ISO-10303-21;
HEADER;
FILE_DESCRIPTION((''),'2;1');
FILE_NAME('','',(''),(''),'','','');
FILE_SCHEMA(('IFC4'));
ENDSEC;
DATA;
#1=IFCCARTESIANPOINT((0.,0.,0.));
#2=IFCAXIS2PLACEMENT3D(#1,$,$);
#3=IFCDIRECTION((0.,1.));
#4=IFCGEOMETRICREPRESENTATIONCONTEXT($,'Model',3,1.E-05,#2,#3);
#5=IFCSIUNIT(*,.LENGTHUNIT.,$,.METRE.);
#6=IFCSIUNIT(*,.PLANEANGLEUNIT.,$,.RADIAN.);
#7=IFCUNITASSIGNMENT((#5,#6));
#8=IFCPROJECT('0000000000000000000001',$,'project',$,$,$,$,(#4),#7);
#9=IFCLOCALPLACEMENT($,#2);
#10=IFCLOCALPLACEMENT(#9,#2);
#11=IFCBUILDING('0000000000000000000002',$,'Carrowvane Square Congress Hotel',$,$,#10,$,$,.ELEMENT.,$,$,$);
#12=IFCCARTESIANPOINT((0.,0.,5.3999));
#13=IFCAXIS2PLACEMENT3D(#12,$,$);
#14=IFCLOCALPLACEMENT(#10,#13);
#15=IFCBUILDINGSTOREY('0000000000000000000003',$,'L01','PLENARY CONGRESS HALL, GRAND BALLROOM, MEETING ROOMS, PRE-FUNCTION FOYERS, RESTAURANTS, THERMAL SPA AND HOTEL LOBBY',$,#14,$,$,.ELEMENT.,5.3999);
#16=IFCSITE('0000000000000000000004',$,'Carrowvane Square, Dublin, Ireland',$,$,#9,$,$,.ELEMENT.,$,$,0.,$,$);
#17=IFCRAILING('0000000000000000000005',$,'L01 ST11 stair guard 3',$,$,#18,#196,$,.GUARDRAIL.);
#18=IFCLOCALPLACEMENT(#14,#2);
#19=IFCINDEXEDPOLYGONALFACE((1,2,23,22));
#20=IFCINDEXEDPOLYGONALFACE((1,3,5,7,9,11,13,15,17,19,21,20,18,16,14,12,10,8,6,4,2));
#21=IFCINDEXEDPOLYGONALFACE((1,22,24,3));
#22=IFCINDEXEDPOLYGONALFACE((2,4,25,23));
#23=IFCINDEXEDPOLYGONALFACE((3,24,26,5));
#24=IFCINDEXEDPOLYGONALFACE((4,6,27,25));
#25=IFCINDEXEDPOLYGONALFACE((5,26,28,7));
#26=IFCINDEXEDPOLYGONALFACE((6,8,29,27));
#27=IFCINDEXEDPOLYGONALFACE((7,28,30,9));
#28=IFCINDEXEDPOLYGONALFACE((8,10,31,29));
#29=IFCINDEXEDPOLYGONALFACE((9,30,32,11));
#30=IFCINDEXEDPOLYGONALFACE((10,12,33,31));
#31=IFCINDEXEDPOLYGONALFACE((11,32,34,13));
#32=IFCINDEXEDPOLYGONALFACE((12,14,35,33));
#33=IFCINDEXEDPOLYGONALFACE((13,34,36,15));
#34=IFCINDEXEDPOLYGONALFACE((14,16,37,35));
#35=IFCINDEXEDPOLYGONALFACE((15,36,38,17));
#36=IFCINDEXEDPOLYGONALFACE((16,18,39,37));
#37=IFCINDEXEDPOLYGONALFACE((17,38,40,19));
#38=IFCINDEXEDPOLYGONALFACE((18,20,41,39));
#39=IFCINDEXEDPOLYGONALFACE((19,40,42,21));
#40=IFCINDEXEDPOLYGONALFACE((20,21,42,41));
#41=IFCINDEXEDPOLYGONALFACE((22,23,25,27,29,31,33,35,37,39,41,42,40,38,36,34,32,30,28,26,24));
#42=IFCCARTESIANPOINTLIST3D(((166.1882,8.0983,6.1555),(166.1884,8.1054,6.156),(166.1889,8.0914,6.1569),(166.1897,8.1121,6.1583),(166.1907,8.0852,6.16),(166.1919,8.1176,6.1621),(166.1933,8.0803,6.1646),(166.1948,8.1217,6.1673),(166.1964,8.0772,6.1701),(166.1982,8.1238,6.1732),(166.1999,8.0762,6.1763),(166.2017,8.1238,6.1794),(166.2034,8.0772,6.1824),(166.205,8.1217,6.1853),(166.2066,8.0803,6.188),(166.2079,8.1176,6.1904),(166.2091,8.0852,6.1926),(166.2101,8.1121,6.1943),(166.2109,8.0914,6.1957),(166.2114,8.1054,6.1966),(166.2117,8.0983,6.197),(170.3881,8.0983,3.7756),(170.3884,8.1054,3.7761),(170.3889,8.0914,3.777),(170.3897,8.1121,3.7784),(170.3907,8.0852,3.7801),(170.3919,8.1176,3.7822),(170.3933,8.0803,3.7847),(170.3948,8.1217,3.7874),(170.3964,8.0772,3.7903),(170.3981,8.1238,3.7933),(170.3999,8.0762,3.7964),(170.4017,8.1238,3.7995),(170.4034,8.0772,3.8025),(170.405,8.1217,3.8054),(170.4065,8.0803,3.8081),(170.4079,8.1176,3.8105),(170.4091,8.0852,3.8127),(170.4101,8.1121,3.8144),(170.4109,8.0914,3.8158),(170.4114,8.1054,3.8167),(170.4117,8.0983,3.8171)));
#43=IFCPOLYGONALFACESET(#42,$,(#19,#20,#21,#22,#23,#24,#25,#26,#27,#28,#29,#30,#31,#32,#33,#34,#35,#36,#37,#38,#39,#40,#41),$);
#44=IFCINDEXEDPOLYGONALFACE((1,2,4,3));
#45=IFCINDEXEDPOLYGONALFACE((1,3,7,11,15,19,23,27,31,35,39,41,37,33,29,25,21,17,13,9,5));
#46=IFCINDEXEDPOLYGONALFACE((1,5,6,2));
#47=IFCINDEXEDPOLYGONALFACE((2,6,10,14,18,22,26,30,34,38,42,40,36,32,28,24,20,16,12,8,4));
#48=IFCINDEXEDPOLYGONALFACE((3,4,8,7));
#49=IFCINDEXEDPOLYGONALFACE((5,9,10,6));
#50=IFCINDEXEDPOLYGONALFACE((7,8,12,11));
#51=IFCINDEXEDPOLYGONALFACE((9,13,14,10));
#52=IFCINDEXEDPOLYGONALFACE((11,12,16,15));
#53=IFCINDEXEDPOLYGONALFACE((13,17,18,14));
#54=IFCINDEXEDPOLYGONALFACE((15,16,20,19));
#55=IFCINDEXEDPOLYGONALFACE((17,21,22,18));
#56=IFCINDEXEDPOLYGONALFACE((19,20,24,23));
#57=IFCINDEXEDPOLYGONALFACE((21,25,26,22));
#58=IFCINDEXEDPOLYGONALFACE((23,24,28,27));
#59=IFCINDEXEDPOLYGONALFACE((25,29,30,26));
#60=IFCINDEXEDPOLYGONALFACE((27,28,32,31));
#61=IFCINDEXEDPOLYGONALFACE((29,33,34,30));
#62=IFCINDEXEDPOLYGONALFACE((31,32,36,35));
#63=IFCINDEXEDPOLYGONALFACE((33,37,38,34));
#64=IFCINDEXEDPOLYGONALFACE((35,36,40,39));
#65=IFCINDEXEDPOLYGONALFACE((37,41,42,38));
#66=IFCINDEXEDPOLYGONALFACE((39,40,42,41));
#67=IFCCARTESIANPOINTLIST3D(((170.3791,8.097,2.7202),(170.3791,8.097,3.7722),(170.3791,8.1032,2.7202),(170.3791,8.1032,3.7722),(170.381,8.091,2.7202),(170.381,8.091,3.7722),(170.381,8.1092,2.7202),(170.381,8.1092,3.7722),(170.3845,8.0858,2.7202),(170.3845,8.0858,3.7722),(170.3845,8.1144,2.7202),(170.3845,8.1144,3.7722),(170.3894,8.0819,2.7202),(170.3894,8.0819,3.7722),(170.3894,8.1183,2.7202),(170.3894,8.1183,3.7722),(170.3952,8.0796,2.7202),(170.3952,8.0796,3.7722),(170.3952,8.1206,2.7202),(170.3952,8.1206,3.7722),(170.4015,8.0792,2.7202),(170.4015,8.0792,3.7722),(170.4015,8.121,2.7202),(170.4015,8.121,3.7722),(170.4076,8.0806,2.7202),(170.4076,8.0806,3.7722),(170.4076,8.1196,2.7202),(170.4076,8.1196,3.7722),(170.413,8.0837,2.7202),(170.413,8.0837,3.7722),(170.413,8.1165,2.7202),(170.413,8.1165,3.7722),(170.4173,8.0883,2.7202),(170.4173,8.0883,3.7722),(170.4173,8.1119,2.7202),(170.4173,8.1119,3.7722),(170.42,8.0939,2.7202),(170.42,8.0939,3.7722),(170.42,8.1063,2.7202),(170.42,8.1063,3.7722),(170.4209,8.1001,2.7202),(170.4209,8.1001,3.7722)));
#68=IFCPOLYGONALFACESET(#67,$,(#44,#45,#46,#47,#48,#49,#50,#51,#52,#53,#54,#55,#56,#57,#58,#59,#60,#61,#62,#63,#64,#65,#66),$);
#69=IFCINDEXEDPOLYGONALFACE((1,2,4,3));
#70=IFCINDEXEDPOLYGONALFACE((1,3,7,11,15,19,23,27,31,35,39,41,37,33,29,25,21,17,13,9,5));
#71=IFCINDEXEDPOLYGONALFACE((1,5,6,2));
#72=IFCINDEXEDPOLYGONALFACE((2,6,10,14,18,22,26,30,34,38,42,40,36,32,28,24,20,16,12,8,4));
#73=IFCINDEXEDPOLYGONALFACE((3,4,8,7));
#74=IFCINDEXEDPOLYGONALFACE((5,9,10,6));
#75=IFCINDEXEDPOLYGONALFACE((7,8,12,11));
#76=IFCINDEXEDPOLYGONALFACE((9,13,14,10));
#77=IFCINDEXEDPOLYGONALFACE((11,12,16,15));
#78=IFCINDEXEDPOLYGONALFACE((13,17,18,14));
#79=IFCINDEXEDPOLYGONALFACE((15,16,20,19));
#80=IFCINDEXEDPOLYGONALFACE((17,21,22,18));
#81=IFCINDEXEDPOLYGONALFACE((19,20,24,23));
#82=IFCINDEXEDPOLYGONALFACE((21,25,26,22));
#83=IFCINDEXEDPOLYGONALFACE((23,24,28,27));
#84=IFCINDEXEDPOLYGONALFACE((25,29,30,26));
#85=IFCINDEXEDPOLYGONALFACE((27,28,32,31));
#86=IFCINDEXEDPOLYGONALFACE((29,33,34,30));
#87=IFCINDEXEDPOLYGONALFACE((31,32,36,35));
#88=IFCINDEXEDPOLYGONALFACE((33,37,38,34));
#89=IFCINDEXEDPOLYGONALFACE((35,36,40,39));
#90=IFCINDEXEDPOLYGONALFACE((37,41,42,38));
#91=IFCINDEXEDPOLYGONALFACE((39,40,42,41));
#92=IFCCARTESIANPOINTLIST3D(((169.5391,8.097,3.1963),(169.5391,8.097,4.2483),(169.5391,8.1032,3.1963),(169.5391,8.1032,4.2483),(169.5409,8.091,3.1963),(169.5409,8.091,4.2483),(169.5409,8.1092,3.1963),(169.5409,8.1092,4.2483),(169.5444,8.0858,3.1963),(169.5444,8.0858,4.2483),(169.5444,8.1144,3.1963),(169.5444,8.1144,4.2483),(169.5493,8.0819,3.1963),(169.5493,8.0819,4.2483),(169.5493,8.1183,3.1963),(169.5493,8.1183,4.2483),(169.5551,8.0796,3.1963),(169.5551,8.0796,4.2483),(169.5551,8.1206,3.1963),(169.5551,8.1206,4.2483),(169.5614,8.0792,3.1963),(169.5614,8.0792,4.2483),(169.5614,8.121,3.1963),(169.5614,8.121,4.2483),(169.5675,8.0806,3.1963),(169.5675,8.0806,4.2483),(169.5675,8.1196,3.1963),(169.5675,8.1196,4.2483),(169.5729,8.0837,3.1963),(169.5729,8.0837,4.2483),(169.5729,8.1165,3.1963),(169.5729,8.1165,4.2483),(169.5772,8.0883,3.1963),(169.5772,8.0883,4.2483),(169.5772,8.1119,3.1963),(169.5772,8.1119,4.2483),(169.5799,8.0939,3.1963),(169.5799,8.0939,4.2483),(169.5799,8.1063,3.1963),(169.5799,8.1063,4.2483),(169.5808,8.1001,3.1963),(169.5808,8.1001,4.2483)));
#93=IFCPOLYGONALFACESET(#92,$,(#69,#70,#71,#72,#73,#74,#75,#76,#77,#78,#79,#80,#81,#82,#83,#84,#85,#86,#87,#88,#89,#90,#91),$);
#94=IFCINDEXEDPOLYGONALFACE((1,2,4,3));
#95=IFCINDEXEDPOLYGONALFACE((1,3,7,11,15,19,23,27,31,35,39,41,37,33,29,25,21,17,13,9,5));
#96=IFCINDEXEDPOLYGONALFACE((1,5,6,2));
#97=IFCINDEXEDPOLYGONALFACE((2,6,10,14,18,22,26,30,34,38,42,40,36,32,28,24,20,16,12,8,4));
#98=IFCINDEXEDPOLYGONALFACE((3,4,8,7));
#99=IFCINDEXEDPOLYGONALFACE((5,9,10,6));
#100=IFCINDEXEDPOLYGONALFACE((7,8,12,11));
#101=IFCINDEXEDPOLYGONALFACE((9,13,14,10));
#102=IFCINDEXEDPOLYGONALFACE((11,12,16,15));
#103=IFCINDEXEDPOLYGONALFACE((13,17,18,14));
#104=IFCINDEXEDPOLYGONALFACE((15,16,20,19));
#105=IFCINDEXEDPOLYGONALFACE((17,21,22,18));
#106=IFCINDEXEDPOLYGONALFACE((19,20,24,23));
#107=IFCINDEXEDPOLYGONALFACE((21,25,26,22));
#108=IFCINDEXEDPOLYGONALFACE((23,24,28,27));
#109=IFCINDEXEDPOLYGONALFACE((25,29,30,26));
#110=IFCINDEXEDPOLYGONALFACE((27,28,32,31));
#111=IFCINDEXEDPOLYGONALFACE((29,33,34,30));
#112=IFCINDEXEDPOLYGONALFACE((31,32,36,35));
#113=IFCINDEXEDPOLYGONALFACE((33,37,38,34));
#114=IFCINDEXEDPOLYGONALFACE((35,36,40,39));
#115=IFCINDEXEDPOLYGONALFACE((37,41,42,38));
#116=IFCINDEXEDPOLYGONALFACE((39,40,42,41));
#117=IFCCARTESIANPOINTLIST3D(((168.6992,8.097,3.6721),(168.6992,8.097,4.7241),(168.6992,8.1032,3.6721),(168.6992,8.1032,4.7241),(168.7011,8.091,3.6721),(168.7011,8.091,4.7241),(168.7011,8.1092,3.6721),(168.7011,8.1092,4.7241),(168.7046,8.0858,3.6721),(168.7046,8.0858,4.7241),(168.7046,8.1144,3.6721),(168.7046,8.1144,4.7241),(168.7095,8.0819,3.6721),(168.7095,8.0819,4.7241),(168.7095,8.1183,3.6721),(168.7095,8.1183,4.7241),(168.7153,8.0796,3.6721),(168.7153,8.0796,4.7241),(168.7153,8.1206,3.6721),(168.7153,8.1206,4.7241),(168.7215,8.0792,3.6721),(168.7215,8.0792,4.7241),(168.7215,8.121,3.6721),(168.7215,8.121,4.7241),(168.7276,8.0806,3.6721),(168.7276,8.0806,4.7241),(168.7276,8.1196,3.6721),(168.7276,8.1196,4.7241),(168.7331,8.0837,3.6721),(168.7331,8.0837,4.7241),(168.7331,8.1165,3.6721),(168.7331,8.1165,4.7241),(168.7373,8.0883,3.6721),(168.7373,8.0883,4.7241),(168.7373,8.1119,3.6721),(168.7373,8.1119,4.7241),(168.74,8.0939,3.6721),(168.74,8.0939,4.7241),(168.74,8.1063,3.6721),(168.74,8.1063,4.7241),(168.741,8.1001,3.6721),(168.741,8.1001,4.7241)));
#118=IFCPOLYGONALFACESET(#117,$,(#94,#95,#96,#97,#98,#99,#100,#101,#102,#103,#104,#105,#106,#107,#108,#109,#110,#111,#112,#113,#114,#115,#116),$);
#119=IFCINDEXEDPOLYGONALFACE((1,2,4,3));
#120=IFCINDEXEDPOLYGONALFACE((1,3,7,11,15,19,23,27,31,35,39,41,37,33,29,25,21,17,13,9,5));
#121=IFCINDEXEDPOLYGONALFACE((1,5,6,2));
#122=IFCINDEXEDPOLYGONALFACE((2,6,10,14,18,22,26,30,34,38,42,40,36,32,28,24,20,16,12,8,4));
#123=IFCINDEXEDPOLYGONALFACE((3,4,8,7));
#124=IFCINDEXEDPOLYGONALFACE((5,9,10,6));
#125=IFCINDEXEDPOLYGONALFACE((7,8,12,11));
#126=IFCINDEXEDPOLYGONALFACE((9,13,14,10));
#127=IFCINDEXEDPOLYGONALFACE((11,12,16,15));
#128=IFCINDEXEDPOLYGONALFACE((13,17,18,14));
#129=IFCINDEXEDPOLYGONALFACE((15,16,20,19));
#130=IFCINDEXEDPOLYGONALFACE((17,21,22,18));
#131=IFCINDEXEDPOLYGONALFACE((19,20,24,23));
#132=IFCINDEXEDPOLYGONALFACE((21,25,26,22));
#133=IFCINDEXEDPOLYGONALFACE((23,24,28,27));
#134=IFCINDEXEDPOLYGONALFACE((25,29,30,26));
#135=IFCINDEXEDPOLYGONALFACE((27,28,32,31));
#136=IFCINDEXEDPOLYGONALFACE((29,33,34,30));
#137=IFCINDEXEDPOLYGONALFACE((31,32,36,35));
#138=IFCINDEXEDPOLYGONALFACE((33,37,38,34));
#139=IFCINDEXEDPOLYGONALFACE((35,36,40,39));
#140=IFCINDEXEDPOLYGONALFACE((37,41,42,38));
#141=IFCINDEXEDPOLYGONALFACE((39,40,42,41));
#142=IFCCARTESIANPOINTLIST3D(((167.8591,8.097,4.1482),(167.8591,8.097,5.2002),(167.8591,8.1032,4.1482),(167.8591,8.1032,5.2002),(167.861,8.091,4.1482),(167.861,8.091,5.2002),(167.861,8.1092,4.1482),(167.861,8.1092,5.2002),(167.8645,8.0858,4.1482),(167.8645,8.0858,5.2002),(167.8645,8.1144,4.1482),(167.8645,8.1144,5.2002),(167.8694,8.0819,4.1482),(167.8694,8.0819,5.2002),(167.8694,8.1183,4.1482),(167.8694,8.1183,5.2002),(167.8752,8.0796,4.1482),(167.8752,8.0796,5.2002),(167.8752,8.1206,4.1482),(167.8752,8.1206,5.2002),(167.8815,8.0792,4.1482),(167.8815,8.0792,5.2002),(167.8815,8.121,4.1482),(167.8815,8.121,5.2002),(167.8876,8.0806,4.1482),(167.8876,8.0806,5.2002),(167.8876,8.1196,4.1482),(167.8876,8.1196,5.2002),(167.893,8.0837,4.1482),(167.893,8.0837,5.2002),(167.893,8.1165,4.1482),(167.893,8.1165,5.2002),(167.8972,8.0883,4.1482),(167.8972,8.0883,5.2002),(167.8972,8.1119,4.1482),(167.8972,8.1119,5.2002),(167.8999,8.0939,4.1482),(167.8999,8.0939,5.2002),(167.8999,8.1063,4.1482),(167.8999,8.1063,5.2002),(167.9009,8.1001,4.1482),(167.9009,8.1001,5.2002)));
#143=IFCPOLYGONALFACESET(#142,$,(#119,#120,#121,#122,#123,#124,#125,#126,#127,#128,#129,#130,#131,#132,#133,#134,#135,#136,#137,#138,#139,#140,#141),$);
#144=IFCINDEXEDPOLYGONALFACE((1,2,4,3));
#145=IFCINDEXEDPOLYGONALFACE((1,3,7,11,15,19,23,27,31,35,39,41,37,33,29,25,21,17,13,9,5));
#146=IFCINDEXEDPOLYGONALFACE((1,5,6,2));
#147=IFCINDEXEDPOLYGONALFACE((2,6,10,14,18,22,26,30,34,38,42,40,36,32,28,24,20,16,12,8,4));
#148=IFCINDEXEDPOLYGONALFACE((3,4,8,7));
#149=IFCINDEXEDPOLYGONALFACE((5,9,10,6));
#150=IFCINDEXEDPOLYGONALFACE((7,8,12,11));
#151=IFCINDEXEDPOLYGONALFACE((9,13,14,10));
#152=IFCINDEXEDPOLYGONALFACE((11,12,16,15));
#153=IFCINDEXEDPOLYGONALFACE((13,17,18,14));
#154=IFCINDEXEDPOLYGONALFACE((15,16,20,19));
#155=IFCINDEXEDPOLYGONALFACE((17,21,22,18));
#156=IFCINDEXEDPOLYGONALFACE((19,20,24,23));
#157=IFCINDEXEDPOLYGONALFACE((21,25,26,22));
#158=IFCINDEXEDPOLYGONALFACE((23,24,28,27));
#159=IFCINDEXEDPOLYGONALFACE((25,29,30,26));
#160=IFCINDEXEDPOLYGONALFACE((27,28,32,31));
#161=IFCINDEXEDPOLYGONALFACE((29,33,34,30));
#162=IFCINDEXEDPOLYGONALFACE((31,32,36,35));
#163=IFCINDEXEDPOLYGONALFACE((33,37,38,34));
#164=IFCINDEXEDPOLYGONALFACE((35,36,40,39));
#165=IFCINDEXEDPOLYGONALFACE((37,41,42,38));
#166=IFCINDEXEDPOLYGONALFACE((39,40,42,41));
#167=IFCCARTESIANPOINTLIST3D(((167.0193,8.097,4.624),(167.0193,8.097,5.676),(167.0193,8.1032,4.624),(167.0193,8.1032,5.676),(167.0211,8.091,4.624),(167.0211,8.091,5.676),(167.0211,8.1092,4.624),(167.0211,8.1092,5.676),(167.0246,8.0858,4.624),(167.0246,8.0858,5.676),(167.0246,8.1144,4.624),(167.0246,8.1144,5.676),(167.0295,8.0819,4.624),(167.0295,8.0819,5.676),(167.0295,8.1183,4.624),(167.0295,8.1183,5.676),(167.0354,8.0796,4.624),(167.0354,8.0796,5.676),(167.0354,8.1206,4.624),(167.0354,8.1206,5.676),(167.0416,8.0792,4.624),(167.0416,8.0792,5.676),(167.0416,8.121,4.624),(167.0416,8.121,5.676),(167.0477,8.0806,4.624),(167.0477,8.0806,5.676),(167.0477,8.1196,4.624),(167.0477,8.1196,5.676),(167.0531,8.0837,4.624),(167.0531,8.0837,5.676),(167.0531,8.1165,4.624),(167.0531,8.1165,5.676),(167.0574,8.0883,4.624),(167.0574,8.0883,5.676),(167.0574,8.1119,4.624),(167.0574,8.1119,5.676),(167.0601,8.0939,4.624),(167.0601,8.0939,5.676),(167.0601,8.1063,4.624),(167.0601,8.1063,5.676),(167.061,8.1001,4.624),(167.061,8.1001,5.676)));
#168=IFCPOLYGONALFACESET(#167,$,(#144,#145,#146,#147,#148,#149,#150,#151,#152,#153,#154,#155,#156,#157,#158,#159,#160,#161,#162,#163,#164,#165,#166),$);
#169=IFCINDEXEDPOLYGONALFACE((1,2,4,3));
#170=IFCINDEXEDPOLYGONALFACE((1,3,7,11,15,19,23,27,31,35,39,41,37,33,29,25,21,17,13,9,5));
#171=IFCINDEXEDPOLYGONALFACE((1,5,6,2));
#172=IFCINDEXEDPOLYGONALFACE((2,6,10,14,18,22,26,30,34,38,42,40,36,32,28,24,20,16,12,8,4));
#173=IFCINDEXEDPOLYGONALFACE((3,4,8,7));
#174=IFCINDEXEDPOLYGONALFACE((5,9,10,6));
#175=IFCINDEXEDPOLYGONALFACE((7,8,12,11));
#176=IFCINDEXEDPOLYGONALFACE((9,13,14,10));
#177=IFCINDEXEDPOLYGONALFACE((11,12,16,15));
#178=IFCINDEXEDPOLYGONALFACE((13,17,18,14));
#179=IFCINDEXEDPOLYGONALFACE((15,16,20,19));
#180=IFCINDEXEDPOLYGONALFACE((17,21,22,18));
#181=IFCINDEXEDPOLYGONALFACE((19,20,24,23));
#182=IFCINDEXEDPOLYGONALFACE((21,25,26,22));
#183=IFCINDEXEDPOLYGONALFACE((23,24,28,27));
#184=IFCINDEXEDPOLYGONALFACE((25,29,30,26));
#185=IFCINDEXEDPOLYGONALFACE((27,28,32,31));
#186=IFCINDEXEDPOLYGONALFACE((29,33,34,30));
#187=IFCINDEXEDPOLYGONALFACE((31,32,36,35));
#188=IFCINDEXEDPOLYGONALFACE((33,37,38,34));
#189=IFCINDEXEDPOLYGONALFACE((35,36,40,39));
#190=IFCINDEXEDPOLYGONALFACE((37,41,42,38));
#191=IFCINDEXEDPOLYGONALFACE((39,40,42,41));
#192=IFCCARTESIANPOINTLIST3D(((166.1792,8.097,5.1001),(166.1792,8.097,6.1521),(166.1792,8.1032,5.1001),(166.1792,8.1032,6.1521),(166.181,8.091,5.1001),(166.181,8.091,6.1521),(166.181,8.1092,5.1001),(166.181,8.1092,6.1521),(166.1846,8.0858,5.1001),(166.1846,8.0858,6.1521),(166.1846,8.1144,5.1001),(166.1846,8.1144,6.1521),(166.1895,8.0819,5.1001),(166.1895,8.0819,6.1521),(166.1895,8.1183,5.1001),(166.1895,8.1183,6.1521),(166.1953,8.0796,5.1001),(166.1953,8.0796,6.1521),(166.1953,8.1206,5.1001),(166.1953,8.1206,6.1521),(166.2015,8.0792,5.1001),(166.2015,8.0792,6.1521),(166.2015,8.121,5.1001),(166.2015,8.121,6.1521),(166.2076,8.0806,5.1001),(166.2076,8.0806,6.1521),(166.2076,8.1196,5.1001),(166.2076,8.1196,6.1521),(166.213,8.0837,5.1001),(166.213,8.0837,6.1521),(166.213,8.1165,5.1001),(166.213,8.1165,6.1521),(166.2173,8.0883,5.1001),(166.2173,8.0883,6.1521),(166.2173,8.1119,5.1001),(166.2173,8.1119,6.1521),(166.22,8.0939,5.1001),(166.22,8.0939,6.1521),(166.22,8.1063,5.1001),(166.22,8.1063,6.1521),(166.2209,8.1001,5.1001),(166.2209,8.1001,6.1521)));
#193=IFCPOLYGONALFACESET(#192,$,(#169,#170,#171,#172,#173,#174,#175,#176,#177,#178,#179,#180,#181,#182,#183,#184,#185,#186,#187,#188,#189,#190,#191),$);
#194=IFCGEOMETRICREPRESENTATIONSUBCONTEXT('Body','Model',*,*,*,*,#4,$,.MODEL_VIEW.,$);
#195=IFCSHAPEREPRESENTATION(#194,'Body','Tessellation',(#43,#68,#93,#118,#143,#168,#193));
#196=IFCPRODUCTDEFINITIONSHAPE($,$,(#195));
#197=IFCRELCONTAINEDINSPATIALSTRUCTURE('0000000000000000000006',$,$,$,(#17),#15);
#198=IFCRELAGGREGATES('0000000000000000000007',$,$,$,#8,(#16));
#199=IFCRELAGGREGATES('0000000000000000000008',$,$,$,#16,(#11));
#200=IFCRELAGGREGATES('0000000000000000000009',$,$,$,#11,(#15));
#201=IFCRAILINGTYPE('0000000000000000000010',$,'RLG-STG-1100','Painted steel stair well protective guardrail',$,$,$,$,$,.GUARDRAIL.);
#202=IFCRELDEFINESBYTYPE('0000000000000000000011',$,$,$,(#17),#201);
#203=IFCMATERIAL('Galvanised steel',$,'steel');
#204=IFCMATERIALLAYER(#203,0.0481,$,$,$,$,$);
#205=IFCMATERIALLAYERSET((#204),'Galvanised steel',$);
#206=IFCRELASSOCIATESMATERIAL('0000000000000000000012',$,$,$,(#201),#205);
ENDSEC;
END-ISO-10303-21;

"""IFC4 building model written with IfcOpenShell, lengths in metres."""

from ifc_helpers import new_model, si_unit, direction, frame, origin, origin_2d, place, context, subcontext, project, spatial, circle, extrude, material, layer, layer_set, type_object, element, save


model = new_model("IFC4")

# Units and contexts
model_context = context("Model", 3, precision=1e-05, world=origin(), true_north=direction((0.0, 1.0)))
body_context = subcontext(model_context, "Body", "Model", "MODEL_VIEW")
ifc_project = project(units=[si_unit("LENGTHUNIT", "METRE"), si_unit("PLANEANGLEUNIT", "RADIAN")], contexts=[model_context])

# Site, building, storey
site_placement = place(None, origin())
site = spatial("IfcSite", under=ifc_project, at=site_placement, Name="Carrowvane Square, Dublin, Ireland", CompositionType="ELEMENT", RefElevation=0.0)
building_placement = place(site_placement, origin())
building = spatial("IfcBuilding", under=site, at=building_placement, Name="Carrowvane Square Congress Hotel", CompositionType="ELEMENT")
storey_placement = place(building_placement, frame((0.0, 0.0, 5.3999)))
storey = spatial("IfcBuildingStorey", under=building, at=storey_placement, Name="L01", Description="PLENARY CONGRESS HALL, GRAND BALLROOM, MEETING ROOMS, PRE-FUNCTION FOYERS, RESTAURANTS, THERMAL SPA AND HOTEL LOBBY", CompositionType="ELEMENT", Elevation=5.3999)

# Railing
ifc_material_1 = material(Name="Galvanised steel", Category="steel")
ifc_layer_1 = layer(ifc_material_1, 0.0481)
ifc_layer_set_1 = layer_set([ifc_layer_1], Name="Galvanised steel")
railing_type_1 = type_object("IfcRailingType", Name="RLG-STG-1100", Description="Painted steel stair well protective guardrail", PredefinedType="GUARDRAIL", material=ifc_layer_set_1)
railing_1_placement = place(storey_placement, frame((170.3999, 8.1001, 2.7202)))
element("IfcRailing", 1, at=railing_1_placement, inside=storey, type_object=railing_type_1, Name="L01 ST11 stair guard 3", PredefinedType="GUARDRAIL", context=body_context, shape_type="SweptSolid", body=[
    extrude(circle(Radius=0.0239, at=origin_2d()), frame((0.0, 0.0, 1.0762), z_axis=(-0.87003, 0.0, 0.492999), x_axis=(0.0, -1.0, 0.0)), (0.0, 0.0, 1.0), 4.8274),
    extrude(circle(Radius=0.021, at=origin_2d()), origin(), (0.0, 0.0, 1.0), 1.052),
    extrude(circle(Radius=0.021, at=origin_2d()), frame((-0.8401, 0.0, 0.4761)), (0.0, 0.0, 1.0), 1.052),
    extrude(circle(Radius=0.021, at=origin_2d()), frame((-1.6799, 0.0, 0.9519)), (0.0, 0.0, 1.0), 1.052),
    extrude(circle(Radius=0.021, at=origin_2d()), frame((-2.52, 0.0, 1.428)), (0.0, 0.0, 1.0), 1.052),
    extrude(circle(Radius=0.021, at=origin_2d()), frame((-3.3599, 0.0, 1.9038)), (0.0, 0.0, 1.0), 1.052),
    extrude(circle(Radius=0.021, at=origin_2d()), frame((-4.2, 0.0, 2.3799)), (0.0, 0.0, 1.0), 1.052),
])

save(model, "model.ifc")
